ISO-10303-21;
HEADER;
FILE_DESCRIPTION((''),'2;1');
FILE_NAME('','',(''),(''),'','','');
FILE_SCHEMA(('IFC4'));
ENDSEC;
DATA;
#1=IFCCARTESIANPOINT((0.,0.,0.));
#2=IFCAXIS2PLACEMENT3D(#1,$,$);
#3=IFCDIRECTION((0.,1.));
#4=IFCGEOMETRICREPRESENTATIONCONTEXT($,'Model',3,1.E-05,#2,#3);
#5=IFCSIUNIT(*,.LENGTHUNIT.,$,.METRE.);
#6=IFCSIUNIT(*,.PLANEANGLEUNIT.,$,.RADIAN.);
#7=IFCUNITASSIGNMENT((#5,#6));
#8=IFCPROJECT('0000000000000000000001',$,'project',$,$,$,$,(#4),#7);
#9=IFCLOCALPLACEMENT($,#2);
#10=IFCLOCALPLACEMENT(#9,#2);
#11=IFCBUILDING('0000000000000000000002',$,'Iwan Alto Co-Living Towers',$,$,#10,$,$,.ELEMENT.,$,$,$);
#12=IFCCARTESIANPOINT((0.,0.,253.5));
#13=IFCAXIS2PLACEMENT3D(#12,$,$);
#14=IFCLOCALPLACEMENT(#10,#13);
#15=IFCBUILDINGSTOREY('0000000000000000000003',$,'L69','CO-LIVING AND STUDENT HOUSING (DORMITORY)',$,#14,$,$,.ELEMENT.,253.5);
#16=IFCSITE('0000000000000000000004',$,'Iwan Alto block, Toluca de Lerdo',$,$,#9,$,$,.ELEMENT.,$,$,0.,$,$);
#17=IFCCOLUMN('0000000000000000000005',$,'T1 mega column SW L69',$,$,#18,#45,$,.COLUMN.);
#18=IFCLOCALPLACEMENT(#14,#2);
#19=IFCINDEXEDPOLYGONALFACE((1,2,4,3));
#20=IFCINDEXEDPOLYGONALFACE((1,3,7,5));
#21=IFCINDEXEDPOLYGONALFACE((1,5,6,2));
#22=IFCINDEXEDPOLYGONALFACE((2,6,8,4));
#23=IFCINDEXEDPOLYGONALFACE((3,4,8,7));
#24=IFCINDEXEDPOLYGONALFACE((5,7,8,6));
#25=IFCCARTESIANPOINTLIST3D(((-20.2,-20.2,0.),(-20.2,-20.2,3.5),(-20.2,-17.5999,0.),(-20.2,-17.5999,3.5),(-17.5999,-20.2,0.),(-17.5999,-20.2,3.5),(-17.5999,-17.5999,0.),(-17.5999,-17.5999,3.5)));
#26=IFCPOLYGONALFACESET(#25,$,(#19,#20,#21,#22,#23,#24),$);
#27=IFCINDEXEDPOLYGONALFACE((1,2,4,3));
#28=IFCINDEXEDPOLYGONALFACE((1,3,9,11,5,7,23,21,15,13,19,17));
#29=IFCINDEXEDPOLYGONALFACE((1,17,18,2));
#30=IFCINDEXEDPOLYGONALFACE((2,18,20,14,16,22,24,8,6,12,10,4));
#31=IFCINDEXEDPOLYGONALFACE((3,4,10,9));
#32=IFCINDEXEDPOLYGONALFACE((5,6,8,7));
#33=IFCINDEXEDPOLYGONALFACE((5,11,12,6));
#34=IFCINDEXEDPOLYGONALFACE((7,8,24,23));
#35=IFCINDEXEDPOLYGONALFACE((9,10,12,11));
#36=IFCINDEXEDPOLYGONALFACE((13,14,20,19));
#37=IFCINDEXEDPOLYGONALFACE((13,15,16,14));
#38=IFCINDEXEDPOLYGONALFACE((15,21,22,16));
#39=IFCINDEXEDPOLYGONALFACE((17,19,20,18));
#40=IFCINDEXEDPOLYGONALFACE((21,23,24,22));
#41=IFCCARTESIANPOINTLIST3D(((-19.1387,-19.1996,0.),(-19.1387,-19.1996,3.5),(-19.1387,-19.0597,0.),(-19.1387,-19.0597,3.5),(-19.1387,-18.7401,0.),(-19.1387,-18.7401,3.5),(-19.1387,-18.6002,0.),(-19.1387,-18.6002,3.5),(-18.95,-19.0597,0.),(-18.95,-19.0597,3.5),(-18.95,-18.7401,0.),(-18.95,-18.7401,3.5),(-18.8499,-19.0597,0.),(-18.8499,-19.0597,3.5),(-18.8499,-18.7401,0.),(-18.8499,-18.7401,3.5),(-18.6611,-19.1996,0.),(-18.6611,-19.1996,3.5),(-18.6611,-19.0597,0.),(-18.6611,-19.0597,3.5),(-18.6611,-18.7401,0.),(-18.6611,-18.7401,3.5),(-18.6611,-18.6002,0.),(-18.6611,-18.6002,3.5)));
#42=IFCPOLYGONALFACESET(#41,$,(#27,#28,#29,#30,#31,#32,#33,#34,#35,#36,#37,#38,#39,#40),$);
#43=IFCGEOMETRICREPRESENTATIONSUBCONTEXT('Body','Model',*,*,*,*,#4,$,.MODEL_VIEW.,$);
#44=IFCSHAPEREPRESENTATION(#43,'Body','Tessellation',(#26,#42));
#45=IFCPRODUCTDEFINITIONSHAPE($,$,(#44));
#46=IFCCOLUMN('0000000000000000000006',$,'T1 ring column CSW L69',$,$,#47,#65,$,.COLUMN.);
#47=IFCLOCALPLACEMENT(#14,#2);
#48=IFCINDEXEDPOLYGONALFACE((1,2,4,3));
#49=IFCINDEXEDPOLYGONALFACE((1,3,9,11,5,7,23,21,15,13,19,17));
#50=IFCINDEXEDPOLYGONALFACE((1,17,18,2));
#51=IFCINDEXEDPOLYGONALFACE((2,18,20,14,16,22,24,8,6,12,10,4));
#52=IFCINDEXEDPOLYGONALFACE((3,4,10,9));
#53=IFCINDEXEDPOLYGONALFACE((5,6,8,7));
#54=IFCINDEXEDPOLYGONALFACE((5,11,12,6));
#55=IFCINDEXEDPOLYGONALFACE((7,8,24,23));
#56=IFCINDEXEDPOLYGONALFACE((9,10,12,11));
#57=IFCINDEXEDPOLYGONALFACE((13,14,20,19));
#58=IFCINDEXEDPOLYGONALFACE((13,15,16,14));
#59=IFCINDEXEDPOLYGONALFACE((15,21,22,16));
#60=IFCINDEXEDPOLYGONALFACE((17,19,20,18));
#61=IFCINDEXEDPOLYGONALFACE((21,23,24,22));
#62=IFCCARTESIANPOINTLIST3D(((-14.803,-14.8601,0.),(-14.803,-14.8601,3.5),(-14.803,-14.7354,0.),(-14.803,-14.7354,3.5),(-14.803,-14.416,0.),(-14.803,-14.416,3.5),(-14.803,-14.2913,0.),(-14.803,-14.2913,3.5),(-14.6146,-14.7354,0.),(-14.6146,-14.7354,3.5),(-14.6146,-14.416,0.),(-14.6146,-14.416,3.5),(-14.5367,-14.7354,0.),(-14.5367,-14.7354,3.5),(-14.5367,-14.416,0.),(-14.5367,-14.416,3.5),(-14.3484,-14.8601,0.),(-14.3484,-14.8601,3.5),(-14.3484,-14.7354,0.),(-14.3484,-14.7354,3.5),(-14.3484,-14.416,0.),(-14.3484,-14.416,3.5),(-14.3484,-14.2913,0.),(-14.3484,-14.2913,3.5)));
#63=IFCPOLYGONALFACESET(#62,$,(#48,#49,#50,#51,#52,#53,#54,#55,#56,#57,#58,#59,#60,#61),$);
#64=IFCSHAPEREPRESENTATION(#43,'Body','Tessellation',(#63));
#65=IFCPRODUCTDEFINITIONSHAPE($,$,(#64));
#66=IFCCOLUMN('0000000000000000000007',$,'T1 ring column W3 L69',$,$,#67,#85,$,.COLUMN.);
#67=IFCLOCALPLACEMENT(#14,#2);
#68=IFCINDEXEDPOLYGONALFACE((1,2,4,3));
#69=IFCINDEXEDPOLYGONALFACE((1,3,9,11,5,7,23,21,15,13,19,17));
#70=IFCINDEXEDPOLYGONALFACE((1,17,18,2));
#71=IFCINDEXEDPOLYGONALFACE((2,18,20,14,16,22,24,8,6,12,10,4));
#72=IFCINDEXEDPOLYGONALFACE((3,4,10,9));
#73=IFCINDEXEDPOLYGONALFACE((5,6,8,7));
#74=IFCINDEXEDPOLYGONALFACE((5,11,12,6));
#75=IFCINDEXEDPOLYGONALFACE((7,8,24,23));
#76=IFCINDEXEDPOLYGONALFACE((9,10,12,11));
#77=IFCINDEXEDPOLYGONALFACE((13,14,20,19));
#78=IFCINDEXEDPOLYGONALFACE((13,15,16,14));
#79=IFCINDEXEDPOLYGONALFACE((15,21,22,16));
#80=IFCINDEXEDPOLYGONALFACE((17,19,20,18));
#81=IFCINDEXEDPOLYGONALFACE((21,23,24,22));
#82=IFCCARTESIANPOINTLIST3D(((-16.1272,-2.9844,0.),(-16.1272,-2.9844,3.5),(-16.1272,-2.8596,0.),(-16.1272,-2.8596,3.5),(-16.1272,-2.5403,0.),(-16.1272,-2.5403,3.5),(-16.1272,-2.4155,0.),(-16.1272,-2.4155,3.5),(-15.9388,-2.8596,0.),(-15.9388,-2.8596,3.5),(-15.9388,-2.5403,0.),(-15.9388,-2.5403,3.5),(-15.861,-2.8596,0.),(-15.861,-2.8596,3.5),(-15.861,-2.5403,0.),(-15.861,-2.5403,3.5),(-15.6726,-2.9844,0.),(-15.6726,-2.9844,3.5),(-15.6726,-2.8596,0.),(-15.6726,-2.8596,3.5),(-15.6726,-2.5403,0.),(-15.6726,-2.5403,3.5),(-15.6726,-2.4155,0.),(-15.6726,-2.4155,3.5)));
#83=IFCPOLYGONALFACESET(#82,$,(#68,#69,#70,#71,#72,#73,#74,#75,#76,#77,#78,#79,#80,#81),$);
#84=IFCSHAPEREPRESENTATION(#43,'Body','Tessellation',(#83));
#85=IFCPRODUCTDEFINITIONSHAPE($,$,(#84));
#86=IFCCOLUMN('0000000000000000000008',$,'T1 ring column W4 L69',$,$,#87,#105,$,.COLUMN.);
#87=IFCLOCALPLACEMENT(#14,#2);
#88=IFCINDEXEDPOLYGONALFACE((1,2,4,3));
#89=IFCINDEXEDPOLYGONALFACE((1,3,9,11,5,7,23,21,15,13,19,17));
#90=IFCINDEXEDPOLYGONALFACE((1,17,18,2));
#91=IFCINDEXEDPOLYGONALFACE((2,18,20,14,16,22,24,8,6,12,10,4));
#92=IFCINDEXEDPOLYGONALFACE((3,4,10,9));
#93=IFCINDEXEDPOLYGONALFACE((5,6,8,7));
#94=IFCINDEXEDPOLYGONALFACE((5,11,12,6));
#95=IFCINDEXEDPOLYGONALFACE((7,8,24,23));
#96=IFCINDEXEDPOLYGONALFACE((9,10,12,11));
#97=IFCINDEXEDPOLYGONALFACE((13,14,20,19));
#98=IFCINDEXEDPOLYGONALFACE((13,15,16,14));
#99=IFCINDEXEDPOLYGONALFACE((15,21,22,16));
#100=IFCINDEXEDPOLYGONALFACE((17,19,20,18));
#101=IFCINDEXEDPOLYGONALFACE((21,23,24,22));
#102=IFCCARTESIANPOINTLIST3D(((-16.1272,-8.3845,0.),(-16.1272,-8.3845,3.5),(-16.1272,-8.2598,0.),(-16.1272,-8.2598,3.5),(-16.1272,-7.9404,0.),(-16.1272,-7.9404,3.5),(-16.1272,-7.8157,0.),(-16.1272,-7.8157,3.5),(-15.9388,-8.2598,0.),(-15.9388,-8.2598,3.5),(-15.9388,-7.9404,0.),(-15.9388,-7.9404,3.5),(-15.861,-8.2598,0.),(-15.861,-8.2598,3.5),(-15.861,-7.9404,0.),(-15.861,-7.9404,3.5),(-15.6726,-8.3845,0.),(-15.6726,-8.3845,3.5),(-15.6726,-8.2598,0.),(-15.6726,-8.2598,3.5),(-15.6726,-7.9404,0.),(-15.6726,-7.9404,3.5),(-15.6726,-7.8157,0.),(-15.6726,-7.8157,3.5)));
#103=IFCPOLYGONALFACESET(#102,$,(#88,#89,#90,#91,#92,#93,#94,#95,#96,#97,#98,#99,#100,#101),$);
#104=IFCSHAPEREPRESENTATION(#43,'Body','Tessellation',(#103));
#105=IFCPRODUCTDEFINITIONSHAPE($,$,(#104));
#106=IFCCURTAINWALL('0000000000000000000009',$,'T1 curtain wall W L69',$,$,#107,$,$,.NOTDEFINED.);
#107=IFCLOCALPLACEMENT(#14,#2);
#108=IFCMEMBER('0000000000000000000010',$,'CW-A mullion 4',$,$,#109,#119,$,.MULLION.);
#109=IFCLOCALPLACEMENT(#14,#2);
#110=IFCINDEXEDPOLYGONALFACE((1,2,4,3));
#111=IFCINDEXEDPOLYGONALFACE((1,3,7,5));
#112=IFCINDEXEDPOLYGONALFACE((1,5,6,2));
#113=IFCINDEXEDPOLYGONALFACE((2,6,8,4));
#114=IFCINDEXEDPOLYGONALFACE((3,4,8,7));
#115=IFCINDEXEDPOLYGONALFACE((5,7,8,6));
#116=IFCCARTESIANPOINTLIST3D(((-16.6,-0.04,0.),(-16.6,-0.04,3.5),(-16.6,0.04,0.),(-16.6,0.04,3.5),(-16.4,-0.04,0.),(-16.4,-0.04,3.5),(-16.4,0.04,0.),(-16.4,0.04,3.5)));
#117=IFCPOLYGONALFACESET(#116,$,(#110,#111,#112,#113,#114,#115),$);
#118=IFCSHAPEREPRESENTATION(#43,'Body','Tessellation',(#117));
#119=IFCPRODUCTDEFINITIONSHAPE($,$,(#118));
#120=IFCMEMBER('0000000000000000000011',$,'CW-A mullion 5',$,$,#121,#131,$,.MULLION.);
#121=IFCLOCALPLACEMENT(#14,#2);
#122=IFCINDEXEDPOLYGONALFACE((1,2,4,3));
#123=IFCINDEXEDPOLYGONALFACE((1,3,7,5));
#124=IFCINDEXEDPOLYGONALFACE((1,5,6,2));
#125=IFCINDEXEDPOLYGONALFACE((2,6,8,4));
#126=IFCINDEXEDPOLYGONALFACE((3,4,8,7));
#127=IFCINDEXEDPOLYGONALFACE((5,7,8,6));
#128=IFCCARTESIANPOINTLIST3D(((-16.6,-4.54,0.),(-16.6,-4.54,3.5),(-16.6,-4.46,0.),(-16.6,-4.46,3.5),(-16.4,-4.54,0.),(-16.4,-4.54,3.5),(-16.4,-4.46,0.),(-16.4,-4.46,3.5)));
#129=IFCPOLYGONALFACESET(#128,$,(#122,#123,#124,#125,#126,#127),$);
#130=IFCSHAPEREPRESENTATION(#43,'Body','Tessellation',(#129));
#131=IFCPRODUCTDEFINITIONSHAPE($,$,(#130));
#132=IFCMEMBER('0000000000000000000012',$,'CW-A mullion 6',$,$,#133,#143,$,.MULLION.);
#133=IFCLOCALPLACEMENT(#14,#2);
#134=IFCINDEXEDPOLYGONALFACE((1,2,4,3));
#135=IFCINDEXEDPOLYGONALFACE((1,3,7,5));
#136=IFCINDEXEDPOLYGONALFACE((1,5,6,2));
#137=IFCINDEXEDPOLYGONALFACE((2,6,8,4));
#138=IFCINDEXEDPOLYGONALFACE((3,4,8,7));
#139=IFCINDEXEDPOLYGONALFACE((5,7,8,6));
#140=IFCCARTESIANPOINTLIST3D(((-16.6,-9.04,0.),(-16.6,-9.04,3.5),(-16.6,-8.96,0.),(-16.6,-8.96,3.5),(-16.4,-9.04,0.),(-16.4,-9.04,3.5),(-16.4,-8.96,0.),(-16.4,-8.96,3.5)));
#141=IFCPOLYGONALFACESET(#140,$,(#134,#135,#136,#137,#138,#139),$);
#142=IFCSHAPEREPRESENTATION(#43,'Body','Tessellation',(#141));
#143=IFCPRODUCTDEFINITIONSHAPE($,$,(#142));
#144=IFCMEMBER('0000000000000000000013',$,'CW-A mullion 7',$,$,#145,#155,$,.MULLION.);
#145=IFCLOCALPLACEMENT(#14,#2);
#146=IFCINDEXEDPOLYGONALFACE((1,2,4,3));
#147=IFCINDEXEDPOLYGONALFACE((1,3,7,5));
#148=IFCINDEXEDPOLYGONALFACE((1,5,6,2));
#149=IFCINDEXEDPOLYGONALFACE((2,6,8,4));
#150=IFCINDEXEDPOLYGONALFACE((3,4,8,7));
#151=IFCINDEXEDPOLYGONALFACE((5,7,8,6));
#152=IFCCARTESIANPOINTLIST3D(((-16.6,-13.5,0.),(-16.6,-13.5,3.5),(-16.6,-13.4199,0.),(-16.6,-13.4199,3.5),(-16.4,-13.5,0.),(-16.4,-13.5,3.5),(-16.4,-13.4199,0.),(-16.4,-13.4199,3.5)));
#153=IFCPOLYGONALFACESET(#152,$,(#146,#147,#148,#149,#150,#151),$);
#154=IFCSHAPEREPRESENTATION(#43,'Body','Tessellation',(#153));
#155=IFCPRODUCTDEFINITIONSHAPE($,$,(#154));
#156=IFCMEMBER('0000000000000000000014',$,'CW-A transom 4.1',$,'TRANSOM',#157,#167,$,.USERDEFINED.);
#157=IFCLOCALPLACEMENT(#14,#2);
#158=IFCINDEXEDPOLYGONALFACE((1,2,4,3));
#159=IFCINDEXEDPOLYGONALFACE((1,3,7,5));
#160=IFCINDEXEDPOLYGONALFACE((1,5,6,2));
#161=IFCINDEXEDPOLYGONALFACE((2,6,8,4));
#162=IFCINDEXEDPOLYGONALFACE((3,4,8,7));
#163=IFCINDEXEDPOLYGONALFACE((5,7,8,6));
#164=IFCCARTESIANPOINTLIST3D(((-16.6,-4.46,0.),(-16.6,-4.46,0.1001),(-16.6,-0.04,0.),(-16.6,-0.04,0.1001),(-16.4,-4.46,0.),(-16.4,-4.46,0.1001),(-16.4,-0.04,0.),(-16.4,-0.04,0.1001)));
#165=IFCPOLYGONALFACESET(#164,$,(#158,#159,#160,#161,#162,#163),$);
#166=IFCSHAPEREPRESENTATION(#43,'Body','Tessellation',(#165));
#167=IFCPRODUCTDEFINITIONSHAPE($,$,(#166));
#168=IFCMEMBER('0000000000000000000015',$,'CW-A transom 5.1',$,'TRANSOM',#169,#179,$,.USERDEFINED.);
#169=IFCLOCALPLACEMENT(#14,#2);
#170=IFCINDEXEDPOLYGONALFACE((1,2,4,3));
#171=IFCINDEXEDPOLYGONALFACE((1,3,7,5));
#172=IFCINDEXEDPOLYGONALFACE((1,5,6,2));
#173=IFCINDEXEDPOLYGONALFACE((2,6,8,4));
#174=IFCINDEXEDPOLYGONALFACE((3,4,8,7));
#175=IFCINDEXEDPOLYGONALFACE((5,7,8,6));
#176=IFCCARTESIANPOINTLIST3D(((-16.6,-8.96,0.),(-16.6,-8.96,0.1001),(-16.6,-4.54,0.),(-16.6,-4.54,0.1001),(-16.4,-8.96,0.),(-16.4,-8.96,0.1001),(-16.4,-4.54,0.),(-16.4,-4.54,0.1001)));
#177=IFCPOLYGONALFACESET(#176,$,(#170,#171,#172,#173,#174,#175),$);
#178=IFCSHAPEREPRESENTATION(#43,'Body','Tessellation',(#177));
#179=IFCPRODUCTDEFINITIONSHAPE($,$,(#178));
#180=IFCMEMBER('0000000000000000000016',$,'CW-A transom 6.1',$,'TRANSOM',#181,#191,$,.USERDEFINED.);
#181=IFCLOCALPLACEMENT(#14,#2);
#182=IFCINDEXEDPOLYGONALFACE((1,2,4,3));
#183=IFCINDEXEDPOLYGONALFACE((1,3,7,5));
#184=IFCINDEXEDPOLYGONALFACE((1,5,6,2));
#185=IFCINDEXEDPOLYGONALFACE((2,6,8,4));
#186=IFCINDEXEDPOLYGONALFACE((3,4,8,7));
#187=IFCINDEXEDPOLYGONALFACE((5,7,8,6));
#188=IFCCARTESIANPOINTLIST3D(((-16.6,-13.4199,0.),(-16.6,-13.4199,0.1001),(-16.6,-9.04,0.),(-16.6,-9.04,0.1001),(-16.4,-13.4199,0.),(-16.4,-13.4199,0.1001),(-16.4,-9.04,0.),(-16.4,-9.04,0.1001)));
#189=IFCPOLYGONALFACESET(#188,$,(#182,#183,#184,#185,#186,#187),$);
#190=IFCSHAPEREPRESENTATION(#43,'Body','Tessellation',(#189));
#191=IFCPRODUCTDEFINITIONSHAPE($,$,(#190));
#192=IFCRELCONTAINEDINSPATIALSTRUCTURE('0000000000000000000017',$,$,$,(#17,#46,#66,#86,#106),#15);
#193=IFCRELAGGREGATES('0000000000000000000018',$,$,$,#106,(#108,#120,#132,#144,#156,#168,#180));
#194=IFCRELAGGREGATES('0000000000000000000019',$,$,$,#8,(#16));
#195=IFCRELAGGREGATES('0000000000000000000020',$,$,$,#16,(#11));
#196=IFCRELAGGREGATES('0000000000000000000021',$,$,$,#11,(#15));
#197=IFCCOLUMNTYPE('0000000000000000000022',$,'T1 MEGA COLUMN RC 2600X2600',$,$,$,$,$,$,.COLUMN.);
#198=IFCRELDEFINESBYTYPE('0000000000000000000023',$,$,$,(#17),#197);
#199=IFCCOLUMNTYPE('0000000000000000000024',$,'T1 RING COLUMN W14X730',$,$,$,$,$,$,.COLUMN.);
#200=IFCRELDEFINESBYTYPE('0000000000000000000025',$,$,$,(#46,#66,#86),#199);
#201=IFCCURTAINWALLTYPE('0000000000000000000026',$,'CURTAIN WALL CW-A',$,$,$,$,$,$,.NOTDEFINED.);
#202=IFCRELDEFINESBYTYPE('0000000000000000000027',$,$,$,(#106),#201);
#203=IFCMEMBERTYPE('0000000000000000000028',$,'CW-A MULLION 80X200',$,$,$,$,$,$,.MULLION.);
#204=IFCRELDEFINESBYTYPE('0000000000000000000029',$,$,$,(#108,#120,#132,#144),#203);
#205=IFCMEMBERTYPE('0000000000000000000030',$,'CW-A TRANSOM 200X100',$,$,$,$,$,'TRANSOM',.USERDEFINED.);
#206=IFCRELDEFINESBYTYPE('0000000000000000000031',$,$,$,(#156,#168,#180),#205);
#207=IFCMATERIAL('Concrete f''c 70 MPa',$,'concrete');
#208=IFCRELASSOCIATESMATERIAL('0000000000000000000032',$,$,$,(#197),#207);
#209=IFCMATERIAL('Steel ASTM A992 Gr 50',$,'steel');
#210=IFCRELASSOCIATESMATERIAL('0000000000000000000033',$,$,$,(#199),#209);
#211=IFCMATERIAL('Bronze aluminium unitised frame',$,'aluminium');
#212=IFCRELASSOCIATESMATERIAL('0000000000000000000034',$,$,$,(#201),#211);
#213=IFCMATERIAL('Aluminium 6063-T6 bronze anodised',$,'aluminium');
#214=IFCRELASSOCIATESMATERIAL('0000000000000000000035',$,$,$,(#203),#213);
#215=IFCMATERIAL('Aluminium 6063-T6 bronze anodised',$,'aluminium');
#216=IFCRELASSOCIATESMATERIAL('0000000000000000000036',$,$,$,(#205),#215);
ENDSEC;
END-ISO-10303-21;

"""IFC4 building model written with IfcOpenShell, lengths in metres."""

from ifc_helpers import new_model, si_unit, direction, frame, origin, origin_2d, place, context, subcontext, project, spatial, rectangle, i_section, extrude, material, material_profile, profile_set, type_object, element, aggregate, save


model = new_model("IFC4")

# Units and contexts
model_context = context("Model", 3, precision=1e-05, world=origin(), true_north=direction((0.0, 1.0)))
body_context = subcontext(model_context, "Body", "Model", "MODEL_VIEW")
ifc_project = project(units=[si_unit("LENGTHUNIT", "METRE"), si_unit("PLANEANGLEUNIT", "RADIAN")], contexts=[model_context])

# Site, building, storey
site_placement = place(None, origin())
site = spatial("IfcSite", under=ifc_project, at=site_placement, Name="Iwan Alto block, Toluca de Lerdo", CompositionType="ELEMENT", RefElevation=0.0)
building_placement = place(site_placement, origin())
building = spatial("IfcBuilding", under=site, at=building_placement, Name="Iwan Alto Co-Living Towers", CompositionType="ELEMENT")
storey_placement = place(building_placement, frame((0.0, 0.0, 253.5)))
storey = spatial("IfcBuildingStorey", under=building, at=storey_placement, Name="L69", Description="CO-LIVING AND STUDENT HOUSING (DORMITORY)", CompositionType="ELEMENT", Elevation=253.5)

# Columns
ifc_material_1 = material(Name="Concrete f'c 70 MPa", Category="concrete")
ifc_material_profile_1 = material_profile(ifc_material_1, rectangle(XDim=2.6001, YDim=2.6001, at=origin_2d()), Name="RC 2600X2600")
ifc_profile_set_1 = profile_set([ifc_material_profile_1], Name="Concrete f'c 70 MPa")
column_type_1 = type_object("IfcColumnType", Name="T1 MEGA COLUMN RC 2600X2600", PredefinedType="COLUMN", material=ifc_profile_set_1)
column_placement = place(storey_placement, frame((-18.8999, -18.8999, 0.0), z_axis=(0.0, 0.0, 1.0), x_axis=(1.0, 0.0, 0.0)))
element("IfcColumn", 1, at=column_placement, inside=storey, type_object=column_type_1, Name="T1 mega column SW L69", PredefinedType="COLUMN", context=body_context, shape_type="SweptSolid", body=[
    extrude(rectangle(XDim=2.6001, YDim=2.6001, at=origin_2d()), origin(), (0.0, 0.0, 1.0), 3.5),
    extrude(i_section(OverallWidth=0.4775, OverallDepth=0.5994, WebThickness=0.1001, FlangeThickness=0.1399, at=origin_2d()), origin(), (0.0, 0.0, 1.0), 3.5),
])
ifc_material_2 = material(Name="Steel ASTM A992 Gr 50", Category="steel")
ifc_material_profile_2 = material_profile(ifc_material_2, i_section(OverallWidth=0.4546, OverallDepth=0.5688, WebThickness=0.0779, FlangeThickness=0.1248, at=origin_2d()), Name="W14X730")
ifc_profile_set_2 = profile_set([ifc_material_profile_2], Name="Steel ASTM A992 Gr 50")
column_type_2 = type_object("IfcColumnType", Name="T1 RING COLUMN W14X730", PredefinedType="COLUMN", material=ifc_profile_set_2)
for number, where, z_axis, x_axis, name in (
    (2, (-14.5757, -14.5757, 0.0), (0.0, 0.0, 1.0), (1.0, 0.0, 0.0), "T1 ring column CSW L69"),
    (3, (-15.8999, -2.7, 0.0), (0.0, 0.0, 1.0), (1.0, 0.0, 0.0), "T1 ring column W3 L69"),
    (4, (-15.8999, -8.1001, 0.0), (0.0, 0.0, 1.0), (1.0, 0.0, 0.0), "T1 ring column W4 L69"),
):
    element("IfcColumn", number, at=place(storey_placement, frame(where, z_axis=z_axis, x_axis=x_axis)), inside=storey, type_object=column_type_2, Name=name, PredefinedType="COLUMN", context=body_context, shape_type="SweptSolid", body=[
        extrude(i_section(OverallWidth=0.4546, OverallDepth=0.5688, WebThickness=0.0779, FlangeThickness=0.1248, at=origin_2d()), origin(), (0.0, 0.0, 1.0), 3.5),
    ])

# Curtain wall, members
ifc_material_3 = material(Name="Bronze aluminium unitised frame", Category="aluminium")
curtain_wall_type_1 = type_object("IfcCurtainWallType", Name="CURTAIN WALL CW-A", PredefinedType="NOTDEFINED", material=ifc_material_3)
curtain_wall_1_placement = place(storey_placement, origin())
curtain_wall_1 = element("IfcCurtainWall", 5, at=curtain_wall_1_placement, inside=storey, type_object=curtain_wall_type_1, Name="T1 curtain wall W L69", PredefinedType="NOTDEFINED")
ifc_material_4 = material(Name="Aluminium 6063-T6 bronze anodised", Category="aluminium")
ifc_material_profile_3 = material_profile(ifc_material_4, rectangle(XDim=0.2, YDim=0.0801, at=origin_2d()), Name="AL 80X200")
ifc_profile_set_3 = profile_set([ifc_material_profile_3], Name="Aluminium 6063-T6 bronze anodised")
member_type_1 = type_object("IfcMemberType", Name="CW-A MULLION 80X200", PredefinedType="MULLION", material=ifc_profile_set_3)
member_1_placement = place(storey_placement, frame((-16.5, 0.0, 0.0), z_axis=(0.0, 0.0, 1.0), x_axis=(1.0, 0.0, 0.0)))
member_1 = element("IfcMember", 6, at=member_1_placement, type_object=member_type_1, Name="CW-A mullion 4", PredefinedType="MULLION", context=body_context, shape_type="SweptSolid", body=[
    extrude(rectangle(XDim=0.2, YDim=0.0801, at=origin_2d()), origin(), (0.0, 0.0, 1.0), 3.5),
])
member_2_placement = place(storey_placement, frame((-16.5, -4.5, 0.0), z_axis=(0.0, 0.0, 1.0), x_axis=(1.0, 0.0, 0.0)))
member_2 = element("IfcMember", 7, at=member_2_placement, type_object=member_type_1, Name="CW-A mullion 5", PredefinedType="MULLION", context=body_context, shape_type="SweptSolid", body=[
    extrude(rectangle(XDim=0.2, YDim=0.0801, at=origin_2d()), origin(), (0.0, 0.0, 1.0), 3.5),
])
member_3_placement = place(storey_placement, frame((-16.5, -9.0, 0.0), z_axis=(0.0, 0.0, 1.0), x_axis=(1.0, 0.0, 0.0)))
member_3 = element("IfcMember", 8, at=member_3_placement, type_object=member_type_1, Name="CW-A mullion 6", PredefinedType="MULLION", context=body_context, shape_type="SweptSolid", body=[
    extrude(rectangle(XDim=0.2, YDim=0.0801, at=origin_2d()), origin(), (0.0, 0.0, 1.0), 3.5),
])
member_4_placement = place(storey_placement, frame((-16.5, -13.46, 0.0), z_axis=(0.0, 0.0, 1.0), x_axis=(1.0, 0.0, 0.0)))
member_4 = element("IfcMember", 9, at=member_4_placement, type_object=member_type_1, Name="CW-A mullion 7", PredefinedType="MULLION", context=body_context, shape_type="SweptSolid", body=[
    extrude(rectangle(XDim=0.2, YDim=0.0801, at=origin_2d()), origin(), (0.0, 0.0, 1.0), 3.5),
])
ifc_material_5 = material(Name="Aluminium 6063-T6 bronze anodised", Category="aluminium")
ifc_material_profile_4 = material_profile(ifc_material_5, rectangle(XDim=0.2, YDim=0.1001, at=origin_2d()), Name="AL 200X100")
ifc_profile_set_4 = profile_set([ifc_material_profile_4], Name="Aluminium 6063-T6 bronze anodised")
member_type_2 = type_object("IfcMemberType", Name="CW-A TRANSOM 200X100", ElementType="TRANSOM", PredefinedType="USERDEFINED", material=ifc_profile_set_4)
member_5_placement = place(storey_placement, frame((-16.5, -0.04, 0.05), z_axis=(0.0, -1.0, 0.0), x_axis=(1.0, 0.0, 0.0)))
member_5 = element("IfcMember", 10, at=member_5_placement, type_object=member_type_2, Name="CW-A transom 4.1", ObjectType="TRANSOM", PredefinedType="USERDEFINED", context=body_context, shape_type="SweptSolid", body=[
    extrude(rectangle(XDim=0.2, YDim=0.1001, at=origin_2d()), origin(), (0.0, 0.0, 1.0), 4.4199),
])
member_6_placement = place(storey_placement, frame((-16.5, -4.54, 0.05), z_axis=(0.0, -1.0, 0.0), x_axis=(1.0, 0.0, 0.0)))
member_6 = element("IfcMember", 11, at=member_6_placement, type_object=member_type_2, Name="CW-A transom 5.1", ObjectType="TRANSOM", PredefinedType="USERDEFINED", context=body_context, shape_type="SweptSolid", body=[
    extrude(rectangle(XDim=0.2, YDim=0.1001, at=origin_2d()), origin(), (0.0, 0.0, 1.0), 4.4199),
])
member_7_placement = place(storey_placement, frame((-16.5, -9.04, 0.05), z_axis=(0.0, -1.0, 0.0), x_axis=(1.0, 0.0, 0.0)))
member_7 = element("IfcMember", 12, at=member_7_placement, type_object=member_type_2, Name="CW-A transom 6.1", ObjectType="TRANSOM", PredefinedType="USERDEFINED", context=body_context, shape_type="SweptSolid", body=[
    extrude(rectangle(XDim=0.2, YDim=0.1001, at=origin_2d()), origin(), (0.0, 0.0, 1.0), 4.3799),
])

aggregate(curtain_wall_1, [member_1, member_2, member_3, member_4, member_5, member_6, member_7])

save(model, "model.ifc")
